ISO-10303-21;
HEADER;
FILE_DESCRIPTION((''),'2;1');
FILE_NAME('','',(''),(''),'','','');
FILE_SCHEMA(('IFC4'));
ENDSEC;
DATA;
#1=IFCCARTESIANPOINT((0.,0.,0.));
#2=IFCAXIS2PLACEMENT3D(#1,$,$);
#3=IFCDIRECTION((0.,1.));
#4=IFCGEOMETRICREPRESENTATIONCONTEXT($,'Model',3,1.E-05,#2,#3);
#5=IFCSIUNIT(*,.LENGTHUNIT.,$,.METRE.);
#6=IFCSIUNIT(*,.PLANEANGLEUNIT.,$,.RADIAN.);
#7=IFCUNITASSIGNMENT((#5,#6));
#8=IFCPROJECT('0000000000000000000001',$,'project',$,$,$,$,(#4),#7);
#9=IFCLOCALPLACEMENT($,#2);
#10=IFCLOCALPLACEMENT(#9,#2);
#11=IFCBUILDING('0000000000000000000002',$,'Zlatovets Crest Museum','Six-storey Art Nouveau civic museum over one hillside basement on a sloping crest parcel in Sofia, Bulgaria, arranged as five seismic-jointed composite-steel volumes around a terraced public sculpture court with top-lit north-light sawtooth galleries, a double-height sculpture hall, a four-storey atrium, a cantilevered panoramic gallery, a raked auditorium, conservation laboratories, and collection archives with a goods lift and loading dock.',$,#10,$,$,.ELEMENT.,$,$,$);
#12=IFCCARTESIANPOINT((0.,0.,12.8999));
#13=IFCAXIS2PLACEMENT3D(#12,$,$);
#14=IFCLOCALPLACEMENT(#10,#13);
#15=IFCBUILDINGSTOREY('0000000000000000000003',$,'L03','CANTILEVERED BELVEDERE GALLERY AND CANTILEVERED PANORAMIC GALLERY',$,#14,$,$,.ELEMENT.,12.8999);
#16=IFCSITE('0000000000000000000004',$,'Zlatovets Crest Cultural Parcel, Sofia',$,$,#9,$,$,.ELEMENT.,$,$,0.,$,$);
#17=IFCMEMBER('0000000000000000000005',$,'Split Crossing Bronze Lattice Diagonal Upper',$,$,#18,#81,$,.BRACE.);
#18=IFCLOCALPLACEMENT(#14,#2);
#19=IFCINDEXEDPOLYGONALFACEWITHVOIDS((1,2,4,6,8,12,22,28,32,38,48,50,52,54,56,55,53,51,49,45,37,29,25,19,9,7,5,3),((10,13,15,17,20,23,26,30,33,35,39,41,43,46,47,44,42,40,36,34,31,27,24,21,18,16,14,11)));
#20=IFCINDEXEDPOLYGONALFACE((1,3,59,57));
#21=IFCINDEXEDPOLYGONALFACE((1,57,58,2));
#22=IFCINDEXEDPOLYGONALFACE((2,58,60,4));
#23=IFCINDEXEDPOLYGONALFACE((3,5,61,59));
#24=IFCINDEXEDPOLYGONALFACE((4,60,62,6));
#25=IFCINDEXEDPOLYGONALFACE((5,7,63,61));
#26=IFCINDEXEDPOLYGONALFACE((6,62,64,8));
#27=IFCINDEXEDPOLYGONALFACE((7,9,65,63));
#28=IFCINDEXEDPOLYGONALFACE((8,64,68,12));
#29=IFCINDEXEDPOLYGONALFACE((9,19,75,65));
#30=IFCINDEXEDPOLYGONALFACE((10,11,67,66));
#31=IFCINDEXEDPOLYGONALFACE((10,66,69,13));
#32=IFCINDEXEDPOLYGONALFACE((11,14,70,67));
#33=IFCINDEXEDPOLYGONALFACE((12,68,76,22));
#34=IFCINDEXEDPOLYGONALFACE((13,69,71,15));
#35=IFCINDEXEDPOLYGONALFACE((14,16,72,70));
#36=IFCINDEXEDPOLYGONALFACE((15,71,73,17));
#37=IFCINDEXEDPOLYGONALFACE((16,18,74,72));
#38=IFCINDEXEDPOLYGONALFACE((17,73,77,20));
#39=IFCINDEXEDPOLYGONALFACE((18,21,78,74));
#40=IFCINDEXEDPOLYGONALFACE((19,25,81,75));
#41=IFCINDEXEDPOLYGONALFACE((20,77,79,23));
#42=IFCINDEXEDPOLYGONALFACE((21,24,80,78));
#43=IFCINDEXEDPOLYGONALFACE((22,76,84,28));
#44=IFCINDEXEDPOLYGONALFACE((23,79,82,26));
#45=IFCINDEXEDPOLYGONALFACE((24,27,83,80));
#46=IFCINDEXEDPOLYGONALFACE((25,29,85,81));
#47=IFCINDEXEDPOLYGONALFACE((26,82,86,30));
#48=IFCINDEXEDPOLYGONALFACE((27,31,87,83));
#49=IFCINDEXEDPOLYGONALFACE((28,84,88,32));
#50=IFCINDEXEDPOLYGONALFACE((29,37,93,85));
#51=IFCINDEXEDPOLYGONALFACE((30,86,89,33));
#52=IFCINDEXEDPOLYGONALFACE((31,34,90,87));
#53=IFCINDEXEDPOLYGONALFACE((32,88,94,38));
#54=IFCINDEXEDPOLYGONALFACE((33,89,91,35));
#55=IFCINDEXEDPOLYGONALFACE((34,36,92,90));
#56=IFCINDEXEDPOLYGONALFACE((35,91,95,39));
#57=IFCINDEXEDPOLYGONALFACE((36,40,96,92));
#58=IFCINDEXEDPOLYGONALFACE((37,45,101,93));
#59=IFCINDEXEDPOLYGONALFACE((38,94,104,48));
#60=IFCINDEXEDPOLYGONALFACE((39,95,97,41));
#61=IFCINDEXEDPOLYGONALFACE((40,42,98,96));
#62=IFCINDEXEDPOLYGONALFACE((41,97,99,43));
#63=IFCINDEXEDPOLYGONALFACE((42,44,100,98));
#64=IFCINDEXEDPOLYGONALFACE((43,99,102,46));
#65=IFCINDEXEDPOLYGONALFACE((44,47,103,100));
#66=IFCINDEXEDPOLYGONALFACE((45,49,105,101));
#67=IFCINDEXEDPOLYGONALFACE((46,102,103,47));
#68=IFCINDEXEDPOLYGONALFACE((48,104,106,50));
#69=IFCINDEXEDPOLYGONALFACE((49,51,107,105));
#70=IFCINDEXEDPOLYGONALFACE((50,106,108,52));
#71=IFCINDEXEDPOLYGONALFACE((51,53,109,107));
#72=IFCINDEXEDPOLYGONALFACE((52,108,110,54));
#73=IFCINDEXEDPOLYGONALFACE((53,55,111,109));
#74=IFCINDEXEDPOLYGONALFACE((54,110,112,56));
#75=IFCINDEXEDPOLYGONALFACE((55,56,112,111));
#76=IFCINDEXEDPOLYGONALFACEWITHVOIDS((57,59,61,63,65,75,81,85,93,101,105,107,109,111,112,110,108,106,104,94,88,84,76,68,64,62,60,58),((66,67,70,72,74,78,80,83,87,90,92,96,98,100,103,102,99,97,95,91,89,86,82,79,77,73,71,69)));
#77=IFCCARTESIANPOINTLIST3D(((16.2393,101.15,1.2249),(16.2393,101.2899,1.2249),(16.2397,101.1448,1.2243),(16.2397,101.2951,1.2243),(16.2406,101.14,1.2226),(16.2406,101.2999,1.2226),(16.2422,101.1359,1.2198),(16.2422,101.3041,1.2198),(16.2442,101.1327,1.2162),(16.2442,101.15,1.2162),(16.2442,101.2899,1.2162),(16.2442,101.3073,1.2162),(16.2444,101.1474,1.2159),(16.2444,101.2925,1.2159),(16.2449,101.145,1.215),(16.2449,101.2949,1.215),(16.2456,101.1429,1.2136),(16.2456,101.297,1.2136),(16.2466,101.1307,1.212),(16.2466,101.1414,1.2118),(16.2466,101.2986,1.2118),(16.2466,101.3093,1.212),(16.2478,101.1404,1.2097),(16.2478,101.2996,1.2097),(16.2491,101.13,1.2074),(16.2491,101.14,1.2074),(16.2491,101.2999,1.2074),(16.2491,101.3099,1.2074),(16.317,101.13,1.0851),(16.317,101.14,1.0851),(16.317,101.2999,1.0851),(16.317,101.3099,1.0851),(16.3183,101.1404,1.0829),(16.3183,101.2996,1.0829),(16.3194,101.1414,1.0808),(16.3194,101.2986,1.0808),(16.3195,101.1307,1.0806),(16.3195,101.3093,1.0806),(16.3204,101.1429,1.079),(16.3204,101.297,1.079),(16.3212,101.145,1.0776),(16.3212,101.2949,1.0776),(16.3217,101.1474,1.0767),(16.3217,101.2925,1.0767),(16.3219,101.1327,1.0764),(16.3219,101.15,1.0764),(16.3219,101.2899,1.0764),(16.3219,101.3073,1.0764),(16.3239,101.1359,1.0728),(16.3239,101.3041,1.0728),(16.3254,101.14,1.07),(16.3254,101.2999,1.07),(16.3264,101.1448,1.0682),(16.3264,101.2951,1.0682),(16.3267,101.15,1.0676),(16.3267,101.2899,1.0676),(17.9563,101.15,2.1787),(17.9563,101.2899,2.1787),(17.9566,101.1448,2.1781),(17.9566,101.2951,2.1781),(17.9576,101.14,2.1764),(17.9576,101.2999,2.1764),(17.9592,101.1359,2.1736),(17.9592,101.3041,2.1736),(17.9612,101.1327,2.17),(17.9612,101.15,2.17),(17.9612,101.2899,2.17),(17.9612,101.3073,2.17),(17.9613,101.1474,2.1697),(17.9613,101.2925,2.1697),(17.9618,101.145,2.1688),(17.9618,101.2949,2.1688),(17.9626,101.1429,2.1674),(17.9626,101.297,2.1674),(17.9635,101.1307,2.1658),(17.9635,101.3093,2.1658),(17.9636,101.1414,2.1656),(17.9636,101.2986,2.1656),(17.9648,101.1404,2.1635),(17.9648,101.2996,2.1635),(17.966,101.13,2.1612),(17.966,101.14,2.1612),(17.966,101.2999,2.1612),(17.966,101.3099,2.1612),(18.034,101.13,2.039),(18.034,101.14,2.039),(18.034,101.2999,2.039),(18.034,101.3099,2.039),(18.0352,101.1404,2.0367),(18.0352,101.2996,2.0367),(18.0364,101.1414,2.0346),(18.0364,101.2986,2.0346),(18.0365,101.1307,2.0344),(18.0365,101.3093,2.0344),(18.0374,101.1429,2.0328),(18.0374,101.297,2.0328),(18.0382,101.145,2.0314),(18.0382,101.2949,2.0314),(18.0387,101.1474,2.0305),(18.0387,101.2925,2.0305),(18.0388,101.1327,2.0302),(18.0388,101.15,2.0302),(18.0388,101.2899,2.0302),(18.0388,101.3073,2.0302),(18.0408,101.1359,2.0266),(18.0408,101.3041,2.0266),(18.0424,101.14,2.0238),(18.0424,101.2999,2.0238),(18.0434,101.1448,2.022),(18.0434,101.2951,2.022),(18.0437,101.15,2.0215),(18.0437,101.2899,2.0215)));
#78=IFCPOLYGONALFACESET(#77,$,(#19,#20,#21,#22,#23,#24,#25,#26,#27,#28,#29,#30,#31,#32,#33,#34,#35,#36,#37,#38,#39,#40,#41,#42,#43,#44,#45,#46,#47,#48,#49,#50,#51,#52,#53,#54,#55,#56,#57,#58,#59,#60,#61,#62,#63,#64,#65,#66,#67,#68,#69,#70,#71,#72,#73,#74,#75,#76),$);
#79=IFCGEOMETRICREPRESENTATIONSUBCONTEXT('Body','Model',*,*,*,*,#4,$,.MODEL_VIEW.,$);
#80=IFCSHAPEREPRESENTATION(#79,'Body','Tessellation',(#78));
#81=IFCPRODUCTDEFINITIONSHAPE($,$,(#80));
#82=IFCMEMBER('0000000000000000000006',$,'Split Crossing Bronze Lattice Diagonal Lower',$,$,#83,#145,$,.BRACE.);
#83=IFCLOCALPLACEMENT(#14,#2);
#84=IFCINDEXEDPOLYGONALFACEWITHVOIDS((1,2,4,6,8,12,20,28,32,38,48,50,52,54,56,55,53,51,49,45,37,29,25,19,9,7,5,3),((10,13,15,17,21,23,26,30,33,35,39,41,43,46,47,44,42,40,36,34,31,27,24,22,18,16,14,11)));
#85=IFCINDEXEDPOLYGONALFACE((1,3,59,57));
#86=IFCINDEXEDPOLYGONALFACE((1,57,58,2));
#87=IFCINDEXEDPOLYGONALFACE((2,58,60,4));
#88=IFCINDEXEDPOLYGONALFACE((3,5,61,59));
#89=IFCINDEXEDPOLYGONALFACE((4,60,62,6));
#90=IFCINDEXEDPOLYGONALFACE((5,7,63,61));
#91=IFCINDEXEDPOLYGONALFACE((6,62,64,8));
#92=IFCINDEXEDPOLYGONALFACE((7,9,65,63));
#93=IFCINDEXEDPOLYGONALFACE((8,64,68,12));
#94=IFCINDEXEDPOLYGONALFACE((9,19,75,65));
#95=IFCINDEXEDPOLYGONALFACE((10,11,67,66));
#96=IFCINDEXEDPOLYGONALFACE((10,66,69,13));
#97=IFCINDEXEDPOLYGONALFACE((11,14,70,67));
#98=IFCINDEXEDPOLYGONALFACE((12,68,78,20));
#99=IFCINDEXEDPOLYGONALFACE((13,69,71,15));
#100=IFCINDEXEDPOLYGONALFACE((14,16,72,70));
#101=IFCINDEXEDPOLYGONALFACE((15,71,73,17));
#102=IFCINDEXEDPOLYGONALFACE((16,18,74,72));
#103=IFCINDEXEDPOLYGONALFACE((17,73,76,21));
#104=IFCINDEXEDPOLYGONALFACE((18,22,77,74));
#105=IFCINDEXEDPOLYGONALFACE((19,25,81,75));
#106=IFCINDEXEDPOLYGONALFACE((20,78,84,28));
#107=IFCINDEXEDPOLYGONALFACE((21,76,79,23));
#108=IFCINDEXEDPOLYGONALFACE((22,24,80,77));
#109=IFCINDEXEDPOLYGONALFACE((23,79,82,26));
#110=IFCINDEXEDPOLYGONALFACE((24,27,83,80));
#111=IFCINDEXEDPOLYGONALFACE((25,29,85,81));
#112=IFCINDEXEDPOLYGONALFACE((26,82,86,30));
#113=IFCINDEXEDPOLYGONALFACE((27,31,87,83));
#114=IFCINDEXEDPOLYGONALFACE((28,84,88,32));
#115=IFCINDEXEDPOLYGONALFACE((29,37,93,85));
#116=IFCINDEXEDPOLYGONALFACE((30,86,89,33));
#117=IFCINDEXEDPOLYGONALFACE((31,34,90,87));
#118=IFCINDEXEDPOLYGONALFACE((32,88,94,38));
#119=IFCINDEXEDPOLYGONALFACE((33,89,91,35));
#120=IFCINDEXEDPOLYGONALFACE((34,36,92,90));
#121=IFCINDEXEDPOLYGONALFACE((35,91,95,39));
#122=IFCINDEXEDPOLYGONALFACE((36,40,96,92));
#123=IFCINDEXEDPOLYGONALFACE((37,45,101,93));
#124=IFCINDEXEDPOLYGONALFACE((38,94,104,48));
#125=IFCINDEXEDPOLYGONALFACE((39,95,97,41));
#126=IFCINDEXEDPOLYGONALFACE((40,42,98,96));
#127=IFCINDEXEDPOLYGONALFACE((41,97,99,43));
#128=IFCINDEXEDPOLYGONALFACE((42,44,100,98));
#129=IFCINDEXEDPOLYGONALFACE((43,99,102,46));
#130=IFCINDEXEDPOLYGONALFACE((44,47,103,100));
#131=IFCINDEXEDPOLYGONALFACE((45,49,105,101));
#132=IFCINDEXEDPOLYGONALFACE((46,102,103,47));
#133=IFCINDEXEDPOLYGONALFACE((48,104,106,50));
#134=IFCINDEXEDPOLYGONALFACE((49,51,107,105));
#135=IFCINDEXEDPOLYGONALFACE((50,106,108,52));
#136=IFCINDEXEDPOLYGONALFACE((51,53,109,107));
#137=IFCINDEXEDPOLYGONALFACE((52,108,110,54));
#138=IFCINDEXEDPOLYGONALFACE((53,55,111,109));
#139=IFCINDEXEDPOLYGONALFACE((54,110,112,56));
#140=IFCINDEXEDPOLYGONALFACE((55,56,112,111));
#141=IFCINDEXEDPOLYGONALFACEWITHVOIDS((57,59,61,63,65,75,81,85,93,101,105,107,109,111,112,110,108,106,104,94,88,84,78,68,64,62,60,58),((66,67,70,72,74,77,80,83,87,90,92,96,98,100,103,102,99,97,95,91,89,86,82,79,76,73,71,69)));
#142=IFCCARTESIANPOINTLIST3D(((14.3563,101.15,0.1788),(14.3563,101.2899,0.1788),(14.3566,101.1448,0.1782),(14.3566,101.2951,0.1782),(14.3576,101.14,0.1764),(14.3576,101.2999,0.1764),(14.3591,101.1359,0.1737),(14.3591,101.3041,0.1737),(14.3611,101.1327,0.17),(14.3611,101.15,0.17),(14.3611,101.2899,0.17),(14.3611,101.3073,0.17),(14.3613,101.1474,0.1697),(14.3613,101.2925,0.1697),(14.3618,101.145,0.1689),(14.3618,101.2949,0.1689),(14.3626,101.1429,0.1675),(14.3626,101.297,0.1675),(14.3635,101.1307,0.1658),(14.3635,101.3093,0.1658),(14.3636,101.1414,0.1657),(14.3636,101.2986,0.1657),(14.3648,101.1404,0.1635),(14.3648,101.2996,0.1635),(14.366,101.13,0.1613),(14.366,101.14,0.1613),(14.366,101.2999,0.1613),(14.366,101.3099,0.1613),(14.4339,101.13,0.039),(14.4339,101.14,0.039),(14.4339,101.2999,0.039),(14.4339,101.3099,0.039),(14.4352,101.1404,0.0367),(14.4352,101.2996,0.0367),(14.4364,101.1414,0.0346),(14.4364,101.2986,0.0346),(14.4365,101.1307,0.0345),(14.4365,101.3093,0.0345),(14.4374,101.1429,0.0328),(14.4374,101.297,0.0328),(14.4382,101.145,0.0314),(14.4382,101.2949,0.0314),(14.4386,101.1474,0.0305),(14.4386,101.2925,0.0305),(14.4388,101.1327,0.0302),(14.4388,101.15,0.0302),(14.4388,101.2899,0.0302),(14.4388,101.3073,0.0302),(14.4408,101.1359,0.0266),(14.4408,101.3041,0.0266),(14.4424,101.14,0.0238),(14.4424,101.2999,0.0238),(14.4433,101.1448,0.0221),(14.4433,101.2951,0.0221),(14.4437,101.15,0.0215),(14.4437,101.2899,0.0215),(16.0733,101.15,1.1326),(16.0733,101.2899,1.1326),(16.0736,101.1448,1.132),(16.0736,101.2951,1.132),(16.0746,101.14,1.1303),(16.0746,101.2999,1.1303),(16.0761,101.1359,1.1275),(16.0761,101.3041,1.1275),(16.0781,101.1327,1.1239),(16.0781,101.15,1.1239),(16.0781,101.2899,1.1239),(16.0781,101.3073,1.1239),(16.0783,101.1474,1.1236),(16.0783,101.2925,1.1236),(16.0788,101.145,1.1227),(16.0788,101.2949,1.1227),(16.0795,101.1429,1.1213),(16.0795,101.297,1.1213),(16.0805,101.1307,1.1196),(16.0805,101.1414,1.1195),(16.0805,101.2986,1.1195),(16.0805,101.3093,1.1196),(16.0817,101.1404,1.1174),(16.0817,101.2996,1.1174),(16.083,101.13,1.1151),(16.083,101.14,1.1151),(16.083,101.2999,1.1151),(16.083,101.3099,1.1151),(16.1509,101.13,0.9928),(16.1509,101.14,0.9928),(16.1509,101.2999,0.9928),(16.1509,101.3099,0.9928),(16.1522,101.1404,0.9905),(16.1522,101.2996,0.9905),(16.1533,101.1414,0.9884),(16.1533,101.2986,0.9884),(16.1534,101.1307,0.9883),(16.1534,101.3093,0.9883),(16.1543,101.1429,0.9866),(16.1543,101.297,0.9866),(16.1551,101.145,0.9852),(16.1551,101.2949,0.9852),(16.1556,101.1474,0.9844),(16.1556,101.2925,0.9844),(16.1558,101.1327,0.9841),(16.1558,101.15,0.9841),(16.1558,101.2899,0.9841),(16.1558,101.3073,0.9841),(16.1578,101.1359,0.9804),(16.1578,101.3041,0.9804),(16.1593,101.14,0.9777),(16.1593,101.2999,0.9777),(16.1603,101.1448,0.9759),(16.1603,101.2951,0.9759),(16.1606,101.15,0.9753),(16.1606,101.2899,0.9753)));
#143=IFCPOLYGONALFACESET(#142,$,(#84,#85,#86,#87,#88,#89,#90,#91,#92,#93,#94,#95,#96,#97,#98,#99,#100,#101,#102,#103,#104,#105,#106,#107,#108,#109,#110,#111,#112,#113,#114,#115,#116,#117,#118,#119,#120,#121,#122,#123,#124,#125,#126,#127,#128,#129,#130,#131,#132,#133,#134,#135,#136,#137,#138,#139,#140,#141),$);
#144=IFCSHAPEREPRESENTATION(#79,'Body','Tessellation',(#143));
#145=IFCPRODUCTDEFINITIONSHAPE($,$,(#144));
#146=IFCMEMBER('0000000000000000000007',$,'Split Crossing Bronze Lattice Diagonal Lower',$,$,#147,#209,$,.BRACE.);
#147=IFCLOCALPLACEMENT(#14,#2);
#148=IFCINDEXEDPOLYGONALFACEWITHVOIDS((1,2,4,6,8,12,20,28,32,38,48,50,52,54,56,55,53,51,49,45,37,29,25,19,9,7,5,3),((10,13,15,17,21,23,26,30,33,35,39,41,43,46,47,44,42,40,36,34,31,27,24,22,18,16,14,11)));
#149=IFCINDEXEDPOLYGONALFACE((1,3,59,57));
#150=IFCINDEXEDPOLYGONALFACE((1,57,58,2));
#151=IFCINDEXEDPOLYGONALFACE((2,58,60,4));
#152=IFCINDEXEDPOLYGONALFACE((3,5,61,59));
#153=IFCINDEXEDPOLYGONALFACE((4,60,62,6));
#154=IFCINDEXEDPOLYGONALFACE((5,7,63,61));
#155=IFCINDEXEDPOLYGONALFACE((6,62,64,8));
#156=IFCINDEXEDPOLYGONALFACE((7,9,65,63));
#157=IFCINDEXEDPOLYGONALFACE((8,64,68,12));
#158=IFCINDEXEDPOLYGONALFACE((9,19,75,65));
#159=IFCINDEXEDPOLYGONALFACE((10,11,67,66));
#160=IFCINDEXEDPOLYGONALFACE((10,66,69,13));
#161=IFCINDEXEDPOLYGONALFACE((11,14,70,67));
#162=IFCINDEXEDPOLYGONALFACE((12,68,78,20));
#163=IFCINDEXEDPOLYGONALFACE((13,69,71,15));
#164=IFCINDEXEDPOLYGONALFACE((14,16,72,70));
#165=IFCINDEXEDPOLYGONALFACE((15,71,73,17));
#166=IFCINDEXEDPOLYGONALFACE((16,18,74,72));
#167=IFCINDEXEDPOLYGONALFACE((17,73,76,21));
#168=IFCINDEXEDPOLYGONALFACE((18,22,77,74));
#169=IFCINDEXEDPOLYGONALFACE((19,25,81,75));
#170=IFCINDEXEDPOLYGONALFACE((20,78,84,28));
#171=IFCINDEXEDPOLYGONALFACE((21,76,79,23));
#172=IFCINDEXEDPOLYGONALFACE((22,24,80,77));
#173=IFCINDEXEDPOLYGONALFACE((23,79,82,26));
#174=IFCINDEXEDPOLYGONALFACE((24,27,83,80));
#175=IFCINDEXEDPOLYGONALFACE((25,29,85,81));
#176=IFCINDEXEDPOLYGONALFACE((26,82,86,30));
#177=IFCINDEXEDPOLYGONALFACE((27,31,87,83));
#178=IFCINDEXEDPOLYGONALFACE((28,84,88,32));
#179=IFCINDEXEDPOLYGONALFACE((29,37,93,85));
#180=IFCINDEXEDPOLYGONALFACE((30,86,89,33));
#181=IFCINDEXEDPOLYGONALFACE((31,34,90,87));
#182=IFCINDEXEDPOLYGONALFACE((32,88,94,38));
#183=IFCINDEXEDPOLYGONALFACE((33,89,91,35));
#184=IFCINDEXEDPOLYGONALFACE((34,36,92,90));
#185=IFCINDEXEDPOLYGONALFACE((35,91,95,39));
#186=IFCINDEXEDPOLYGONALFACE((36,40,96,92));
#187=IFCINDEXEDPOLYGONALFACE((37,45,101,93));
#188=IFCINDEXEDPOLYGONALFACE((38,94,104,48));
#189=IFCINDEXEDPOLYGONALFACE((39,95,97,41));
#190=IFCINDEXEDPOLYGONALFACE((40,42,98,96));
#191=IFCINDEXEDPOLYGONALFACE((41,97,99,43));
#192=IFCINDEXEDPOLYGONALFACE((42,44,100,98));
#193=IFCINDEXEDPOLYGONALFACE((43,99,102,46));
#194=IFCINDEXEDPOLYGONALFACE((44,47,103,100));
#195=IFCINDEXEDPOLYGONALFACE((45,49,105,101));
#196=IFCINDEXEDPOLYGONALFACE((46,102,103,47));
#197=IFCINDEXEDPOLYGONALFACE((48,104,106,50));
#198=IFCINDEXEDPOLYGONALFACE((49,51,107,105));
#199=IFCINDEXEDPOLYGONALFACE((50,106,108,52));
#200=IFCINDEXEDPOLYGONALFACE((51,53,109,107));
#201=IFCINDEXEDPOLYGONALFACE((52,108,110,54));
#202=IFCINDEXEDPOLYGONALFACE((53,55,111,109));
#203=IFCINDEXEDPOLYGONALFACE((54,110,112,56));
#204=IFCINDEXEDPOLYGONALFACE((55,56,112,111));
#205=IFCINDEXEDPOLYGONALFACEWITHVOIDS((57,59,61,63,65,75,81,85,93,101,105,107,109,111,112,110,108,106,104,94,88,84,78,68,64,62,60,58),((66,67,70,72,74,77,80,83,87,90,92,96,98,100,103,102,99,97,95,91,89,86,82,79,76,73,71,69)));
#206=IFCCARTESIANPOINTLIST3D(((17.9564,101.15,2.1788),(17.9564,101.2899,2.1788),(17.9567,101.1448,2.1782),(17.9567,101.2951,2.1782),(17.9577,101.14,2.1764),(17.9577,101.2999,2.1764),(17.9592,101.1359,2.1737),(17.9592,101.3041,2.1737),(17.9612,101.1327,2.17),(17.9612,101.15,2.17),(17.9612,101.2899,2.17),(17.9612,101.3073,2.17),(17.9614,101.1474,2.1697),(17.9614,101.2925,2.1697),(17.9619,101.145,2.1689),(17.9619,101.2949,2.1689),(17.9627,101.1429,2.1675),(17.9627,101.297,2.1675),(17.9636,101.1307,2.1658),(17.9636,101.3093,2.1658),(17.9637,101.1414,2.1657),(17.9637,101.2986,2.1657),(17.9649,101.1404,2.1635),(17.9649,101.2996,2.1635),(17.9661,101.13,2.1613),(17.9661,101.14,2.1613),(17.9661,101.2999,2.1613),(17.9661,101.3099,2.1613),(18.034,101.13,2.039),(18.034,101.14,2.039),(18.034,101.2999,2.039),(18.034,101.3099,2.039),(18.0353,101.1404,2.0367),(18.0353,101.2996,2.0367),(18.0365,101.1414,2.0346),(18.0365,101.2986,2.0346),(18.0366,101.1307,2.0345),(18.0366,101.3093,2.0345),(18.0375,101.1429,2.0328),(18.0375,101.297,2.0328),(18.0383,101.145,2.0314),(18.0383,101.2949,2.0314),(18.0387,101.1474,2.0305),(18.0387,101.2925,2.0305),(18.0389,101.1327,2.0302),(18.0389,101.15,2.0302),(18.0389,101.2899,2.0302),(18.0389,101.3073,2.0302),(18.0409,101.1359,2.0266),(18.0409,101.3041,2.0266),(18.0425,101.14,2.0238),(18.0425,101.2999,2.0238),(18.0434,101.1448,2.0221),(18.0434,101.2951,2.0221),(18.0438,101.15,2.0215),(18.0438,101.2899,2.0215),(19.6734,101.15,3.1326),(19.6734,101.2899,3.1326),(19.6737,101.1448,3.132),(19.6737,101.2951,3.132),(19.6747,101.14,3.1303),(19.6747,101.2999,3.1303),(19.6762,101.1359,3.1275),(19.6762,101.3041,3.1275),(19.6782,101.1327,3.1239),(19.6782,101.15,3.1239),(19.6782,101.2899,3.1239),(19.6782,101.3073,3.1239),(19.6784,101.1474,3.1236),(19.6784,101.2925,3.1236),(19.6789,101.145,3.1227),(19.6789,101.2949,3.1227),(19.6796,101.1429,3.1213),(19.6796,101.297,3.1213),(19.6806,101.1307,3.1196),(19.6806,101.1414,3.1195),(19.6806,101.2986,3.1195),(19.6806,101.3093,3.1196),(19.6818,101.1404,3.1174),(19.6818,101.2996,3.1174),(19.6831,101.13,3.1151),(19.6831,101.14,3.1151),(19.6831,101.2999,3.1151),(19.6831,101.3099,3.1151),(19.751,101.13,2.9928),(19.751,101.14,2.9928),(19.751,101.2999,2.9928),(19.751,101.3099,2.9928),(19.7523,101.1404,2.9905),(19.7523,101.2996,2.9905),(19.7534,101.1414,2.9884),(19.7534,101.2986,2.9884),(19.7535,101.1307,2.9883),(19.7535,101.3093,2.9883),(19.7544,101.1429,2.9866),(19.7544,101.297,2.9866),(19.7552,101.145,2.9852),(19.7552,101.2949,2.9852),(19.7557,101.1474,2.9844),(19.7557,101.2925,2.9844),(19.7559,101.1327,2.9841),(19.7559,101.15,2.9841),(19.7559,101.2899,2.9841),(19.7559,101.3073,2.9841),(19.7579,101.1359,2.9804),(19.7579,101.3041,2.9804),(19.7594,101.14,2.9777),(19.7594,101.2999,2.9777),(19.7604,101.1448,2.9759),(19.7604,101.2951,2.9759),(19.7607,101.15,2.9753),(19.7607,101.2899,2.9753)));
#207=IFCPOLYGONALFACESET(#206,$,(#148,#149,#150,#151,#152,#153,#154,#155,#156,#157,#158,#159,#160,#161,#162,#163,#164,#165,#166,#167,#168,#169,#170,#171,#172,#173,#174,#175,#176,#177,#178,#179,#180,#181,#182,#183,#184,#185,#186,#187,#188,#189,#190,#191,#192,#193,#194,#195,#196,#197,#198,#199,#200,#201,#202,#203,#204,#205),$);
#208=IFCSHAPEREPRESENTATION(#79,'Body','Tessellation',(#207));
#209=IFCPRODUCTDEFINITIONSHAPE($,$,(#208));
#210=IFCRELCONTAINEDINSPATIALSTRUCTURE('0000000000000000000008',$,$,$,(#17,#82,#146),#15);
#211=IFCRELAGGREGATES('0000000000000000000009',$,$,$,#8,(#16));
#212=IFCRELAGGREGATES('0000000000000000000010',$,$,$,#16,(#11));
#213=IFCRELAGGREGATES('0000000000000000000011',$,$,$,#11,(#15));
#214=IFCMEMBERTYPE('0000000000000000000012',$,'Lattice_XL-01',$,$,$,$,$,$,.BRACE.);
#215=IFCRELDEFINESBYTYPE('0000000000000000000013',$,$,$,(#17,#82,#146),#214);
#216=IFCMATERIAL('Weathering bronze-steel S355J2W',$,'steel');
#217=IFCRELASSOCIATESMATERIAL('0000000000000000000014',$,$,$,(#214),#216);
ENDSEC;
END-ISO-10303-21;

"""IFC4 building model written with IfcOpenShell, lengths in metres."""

from ifc_helpers import new_model, si_unit, direction, frame, origin, origin_2d, place, context, subcontext, project, spatial, hollow_rectangle, extrude, material, material_profile, profile_set, type_object, element, save


model = new_model("IFC4")

# Units and contexts
model_context = context("Model", 3, precision=1e-05, world=origin(), true_north=direction((0.0, 1.0)))
body_context = subcontext(model_context, "Body", "Model", "MODEL_VIEW")
ifc_project = project(units=[si_unit("LENGTHUNIT", "METRE"), si_unit("PLANEANGLEUNIT", "RADIAN")], contexts=[model_context])

# Site, building, storey
site_placement = place(None, origin())
site = spatial("IfcSite", under=ifc_project, at=site_placement, Name="Zlatovets Crest Cultural Parcel, Sofia", CompositionType="ELEMENT", RefElevation=0.0)
building_placement = place(site_placement, origin())
building = spatial("IfcBuilding", under=site, at=building_placement, Name="Zlatovets Crest Museum", Description="Six-storey Art Nouveau civic museum over one hillside basement on a sloping crest parcel in Sofia, Bulgaria, arranged as five seismic-jointed composite-steel volumes around a terraced public sculpture court with top-lit north-light sawtooth galleries, a double-height sculpture hall, a four-storey atrium, a cantilevered panoramic gallery, a raked auditorium, conservation laboratories, and collection archives with a goods lift and loading dock.", CompositionType="ELEMENT")
storey_placement = place(building_placement, frame((0.0, 0.0, 12.8999)))
storey = spatial("IfcBuildingStorey", under=building, at=storey_placement, Name="L03", Description="CANTILEVERED BELVEDERE GALLERY AND CANTILEVERED PANORAMIC GALLERY", CompositionType="ELEMENT", Elevation=12.8999)

# Members
ifc_material_1 = material(Name="Weathering bronze-steel S355J2W", Category="steel")
ifc_material_profile_1 = material_profile(ifc_material_1, hollow_rectangle(XDim=0.1799, YDim=0.1799, WallThickness=0.01, InnerFilletRadius=0.01, OuterFilletRadius=0.02, at=origin_2d()), Name="SHS 180x180x10.0")
ifc_profile_set_1 = profile_set([ifc_material_profile_1], Name="Weathering bronze-steel S355J2W")
member_type_1 = type_object("IfcMemberType", Name="Lattice_XL-01", PredefinedType="BRACE", material=ifc_profile_set_1)
for number, where, z_axis, x_axis, name in (
    (1, (18.0, 101.22, 2.1001), (-0.874169, 0.0, -0.485622), (0.0, -1.0, 0.0), "Split Crossing Bronze Lattice Diagonal Upper"),
    (2, (16.1169, 101.22, 1.054), (-0.874169, 0.0, -0.485622), (0.0, -1.0, 0.0), "Split Crossing Bronze Lattice Diagonal Lower"),
    (3, (19.717, 101.22, 3.054), (-0.874169, 0.0, -0.485622), (0.0, -1.0, 0.0), "Split Crossing Bronze Lattice Diagonal Lower"),
):
    element("IfcMember", number, at=place(storey_placement, frame(where, z_axis=z_axis, x_axis=x_axis)), inside=storey, type_object=member_type_1, Name=name, PredefinedType="BRACE", context=body_context, shape_type="SweptSolid", body=[
        extrude(hollow_rectangle(XDim=0.1799, YDim=0.1799, WallThickness=0.01, InnerFilletRadius=0.01, OuterFilletRadius=0.02, at=origin_2d()), origin(), (0.0, 0.0, 1.0), 1.9641),
    ])

save(model, "model.ifc")
